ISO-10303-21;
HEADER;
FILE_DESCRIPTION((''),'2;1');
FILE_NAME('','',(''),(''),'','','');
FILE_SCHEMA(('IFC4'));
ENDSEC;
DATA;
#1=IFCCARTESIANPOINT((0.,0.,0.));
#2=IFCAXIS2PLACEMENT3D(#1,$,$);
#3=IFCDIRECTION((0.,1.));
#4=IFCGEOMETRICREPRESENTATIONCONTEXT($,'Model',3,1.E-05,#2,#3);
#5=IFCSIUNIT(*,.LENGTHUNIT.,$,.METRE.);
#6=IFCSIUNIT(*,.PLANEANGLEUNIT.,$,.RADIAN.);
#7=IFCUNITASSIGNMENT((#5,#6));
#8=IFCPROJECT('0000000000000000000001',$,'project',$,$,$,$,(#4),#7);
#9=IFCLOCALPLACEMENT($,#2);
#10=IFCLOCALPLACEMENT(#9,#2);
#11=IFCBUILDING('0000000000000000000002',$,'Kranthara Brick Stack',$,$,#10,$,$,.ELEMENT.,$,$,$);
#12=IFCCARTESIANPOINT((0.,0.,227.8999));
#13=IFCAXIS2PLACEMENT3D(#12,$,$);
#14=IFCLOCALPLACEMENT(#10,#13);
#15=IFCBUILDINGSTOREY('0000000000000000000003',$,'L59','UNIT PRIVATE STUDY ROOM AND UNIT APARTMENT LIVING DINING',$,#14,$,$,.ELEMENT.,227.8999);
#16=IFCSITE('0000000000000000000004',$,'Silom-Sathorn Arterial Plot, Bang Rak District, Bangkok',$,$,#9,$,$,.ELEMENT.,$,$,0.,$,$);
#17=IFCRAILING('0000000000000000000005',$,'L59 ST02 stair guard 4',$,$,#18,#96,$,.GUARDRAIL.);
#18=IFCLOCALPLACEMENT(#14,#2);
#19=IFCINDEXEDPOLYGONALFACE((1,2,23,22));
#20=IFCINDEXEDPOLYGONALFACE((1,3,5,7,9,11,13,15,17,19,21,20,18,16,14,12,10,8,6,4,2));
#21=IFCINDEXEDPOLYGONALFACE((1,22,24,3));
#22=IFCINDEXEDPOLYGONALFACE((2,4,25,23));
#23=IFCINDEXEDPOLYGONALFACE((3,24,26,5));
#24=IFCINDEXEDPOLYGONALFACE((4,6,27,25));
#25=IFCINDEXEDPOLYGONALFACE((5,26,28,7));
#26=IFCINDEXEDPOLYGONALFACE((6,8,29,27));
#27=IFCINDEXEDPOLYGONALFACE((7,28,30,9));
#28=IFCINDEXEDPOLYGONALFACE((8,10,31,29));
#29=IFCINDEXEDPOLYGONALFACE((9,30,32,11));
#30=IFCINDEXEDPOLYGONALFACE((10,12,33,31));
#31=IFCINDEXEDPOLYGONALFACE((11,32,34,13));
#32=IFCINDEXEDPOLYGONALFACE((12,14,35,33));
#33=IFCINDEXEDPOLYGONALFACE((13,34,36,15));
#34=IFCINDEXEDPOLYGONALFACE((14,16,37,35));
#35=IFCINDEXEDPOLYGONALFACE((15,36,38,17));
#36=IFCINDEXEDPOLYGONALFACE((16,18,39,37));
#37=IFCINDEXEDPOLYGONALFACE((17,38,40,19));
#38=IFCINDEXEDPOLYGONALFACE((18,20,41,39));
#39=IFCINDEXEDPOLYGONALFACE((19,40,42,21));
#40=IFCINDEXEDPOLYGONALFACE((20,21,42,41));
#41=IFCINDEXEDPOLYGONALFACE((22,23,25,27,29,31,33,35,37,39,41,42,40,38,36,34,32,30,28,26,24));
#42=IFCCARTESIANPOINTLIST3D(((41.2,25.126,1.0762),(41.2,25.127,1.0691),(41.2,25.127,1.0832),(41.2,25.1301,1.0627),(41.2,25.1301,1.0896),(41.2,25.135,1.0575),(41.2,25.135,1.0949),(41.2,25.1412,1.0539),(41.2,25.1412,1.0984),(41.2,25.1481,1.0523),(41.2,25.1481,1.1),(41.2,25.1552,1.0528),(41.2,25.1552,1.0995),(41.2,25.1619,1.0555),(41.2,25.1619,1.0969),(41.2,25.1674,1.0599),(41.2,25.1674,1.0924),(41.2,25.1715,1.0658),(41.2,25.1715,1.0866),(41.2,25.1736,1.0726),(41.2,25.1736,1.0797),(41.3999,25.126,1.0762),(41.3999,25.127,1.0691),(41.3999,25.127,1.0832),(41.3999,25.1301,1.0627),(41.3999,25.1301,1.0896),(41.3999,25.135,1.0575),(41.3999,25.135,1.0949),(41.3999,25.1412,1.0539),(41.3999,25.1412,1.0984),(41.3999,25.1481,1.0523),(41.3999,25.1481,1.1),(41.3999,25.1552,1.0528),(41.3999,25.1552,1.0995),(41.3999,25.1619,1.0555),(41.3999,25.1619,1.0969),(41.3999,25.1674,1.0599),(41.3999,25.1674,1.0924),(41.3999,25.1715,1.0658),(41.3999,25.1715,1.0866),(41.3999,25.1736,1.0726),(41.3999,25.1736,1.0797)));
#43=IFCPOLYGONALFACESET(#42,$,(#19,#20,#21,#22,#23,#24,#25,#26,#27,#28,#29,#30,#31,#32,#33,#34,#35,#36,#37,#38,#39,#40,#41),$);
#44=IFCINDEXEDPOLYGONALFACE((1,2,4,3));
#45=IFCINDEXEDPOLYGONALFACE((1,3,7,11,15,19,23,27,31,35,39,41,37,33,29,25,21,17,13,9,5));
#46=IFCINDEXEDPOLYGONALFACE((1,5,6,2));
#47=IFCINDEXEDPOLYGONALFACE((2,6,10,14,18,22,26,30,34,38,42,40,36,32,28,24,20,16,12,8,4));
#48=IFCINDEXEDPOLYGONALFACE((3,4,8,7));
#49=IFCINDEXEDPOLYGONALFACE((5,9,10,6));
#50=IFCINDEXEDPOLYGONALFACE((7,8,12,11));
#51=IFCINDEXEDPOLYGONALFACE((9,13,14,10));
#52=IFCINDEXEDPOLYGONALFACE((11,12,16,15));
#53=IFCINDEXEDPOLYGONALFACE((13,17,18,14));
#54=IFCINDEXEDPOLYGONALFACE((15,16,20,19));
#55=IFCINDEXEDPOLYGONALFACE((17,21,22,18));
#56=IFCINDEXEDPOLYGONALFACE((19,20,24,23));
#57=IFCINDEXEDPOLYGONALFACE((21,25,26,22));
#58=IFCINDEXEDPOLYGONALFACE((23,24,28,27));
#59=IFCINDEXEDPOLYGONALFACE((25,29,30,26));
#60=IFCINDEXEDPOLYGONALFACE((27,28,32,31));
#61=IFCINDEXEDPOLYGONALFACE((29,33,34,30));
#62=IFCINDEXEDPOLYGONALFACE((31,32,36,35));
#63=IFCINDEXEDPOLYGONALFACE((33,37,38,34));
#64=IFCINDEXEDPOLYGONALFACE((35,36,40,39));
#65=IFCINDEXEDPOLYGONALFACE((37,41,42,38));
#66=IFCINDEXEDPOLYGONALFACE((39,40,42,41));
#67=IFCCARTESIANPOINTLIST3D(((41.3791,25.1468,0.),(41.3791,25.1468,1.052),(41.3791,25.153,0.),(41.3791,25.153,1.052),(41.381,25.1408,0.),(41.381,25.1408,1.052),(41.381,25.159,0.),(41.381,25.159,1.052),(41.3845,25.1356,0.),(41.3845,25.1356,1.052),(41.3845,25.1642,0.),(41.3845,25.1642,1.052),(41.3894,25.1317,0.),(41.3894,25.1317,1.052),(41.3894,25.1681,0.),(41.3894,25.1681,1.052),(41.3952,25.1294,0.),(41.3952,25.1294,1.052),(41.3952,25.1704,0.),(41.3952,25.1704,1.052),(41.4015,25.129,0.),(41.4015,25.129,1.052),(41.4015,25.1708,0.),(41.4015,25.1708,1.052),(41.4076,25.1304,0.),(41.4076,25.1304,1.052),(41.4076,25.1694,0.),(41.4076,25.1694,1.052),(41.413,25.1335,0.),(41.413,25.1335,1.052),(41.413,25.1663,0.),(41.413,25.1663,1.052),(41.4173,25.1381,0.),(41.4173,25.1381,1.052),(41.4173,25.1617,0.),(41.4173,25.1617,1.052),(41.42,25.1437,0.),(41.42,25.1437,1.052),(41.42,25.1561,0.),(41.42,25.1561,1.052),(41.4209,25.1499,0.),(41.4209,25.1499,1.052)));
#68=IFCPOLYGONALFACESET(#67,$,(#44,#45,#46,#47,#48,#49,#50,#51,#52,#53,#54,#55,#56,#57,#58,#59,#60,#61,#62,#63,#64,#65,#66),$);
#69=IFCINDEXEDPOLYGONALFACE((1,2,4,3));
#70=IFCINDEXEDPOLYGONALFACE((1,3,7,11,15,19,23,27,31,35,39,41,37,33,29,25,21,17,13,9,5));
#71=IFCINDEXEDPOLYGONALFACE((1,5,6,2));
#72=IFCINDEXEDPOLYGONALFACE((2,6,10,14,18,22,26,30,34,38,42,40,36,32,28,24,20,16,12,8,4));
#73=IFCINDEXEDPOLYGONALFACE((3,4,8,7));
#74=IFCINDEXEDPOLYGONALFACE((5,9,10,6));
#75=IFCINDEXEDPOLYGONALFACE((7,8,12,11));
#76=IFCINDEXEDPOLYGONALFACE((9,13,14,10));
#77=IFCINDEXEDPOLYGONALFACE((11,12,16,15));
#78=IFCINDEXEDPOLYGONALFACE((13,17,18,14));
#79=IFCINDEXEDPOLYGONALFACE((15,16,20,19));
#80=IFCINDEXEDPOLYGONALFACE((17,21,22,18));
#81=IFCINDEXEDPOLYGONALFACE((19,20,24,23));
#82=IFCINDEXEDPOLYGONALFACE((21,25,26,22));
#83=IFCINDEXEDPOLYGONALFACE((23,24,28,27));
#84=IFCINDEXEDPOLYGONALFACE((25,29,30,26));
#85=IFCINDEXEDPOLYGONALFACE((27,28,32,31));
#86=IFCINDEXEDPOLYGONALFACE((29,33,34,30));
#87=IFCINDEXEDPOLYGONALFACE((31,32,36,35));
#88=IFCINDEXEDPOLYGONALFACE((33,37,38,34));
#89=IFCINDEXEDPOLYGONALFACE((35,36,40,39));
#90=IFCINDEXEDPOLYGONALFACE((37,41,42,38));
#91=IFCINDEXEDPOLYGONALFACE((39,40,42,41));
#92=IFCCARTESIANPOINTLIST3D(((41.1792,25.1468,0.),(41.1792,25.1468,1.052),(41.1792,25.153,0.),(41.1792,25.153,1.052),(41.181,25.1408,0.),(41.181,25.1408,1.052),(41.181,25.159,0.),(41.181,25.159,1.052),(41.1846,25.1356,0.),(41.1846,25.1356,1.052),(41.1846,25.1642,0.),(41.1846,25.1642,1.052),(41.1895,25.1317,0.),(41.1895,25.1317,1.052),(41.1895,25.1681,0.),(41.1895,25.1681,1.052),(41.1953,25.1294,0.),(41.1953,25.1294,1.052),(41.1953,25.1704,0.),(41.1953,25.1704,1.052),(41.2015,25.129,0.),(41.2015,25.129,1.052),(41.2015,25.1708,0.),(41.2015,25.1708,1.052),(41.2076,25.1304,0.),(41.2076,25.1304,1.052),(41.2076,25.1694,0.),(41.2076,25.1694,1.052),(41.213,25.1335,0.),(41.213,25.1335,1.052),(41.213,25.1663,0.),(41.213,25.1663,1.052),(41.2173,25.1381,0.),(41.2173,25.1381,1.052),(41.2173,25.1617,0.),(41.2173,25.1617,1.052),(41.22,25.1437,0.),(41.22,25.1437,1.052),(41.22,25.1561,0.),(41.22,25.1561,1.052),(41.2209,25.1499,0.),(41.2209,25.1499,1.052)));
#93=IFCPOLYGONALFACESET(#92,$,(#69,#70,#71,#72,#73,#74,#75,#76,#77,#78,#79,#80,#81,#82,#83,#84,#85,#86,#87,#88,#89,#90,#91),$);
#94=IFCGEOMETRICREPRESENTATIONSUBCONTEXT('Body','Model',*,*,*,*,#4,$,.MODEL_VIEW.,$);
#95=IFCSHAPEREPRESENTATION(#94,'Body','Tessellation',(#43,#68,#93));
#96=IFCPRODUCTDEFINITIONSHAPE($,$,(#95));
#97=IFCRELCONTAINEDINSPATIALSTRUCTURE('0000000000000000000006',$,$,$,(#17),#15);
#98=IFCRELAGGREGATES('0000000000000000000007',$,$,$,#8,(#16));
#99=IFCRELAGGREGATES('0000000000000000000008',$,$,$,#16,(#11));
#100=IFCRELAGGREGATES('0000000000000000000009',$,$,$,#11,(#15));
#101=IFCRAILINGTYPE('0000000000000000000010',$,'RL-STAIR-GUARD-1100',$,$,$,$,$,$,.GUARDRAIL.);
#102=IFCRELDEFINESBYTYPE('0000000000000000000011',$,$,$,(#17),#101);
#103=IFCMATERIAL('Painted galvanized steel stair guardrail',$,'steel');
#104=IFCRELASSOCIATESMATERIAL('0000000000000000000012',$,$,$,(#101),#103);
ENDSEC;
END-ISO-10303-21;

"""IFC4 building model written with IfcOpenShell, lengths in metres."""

from ifc_helpers import new_model, si_unit, direction, frame, origin, origin_2d, place, context, subcontext, project, spatial, circle, extrude, material, type_object, element, save


model = new_model("IFC4")

# Units and contexts
model_context = context("Model", 3, precision=1e-05, world=origin(), true_north=direction((0.0, 1.0)))
body_context = subcontext(model_context, "Body", "Model", "MODEL_VIEW")
ifc_project = project(units=[si_unit("LENGTHUNIT", "METRE"), si_unit("PLANEANGLEUNIT", "RADIAN")], contexts=[model_context])

# Site, building, storey
site_placement = place(None, origin())
site = spatial("IfcSite", under=ifc_project, at=site_placement, Name="Silom-Sathorn Arterial Plot, Bang Rak District, Bangkok", CompositionType="ELEMENT", RefElevation=0.0)
building_placement = place(site_placement, origin())
building = spatial("IfcBuilding", under=site, at=building_placement, Name="Kranthara Brick Stack", CompositionType="ELEMENT")
storey_placement = place(building_placement, frame((0.0, 0.0, 227.8999)))
storey = spatial("IfcBuildingStorey", under=building, at=storey_placement, Name="L59", Description="UNIT PRIVATE STUDY ROOM AND UNIT APARTMENT LIVING DINING", CompositionType="ELEMENT", Elevation=227.8999)

# Railing
ifc_material_1 = material(Name="Painted galvanized steel stair guardrail", Category="steel")
railing_type_1 = type_object("IfcRailingType", Name="RL-STAIR-GUARD-1100", PredefinedType="GUARDRAIL", material=ifc_material_1)
railing_1_placement = place(storey_placement, frame((41.3999, 25.1499, 0.0)))
element("IfcRailing", 1, at=railing_1_placement, inside=storey, type_object=railing_type_1, Name="L59 ST02 stair guard 4", PredefinedType="GUARDRAIL", context=body_context, shape_type="SweptSolid", body=[
    extrude(circle(Radius=0.0239, at=origin_2d()), frame((0.0, 0.0, 1.0762), z_axis=(-1.0, 0.0, 0.0), x_axis=(0.0, -1.0, 0.0)), (0.0, 0.0, 1.0), 0.2),
    extrude(circle(Radius=0.021, at=origin_2d()), origin(), (0.0, 0.0, 1.0), 1.052),
    extrude(circle(Radius=0.021, at=origin_2d()), frame((-0.2, 0.0, 0.0)), (0.0, 0.0, 1.0), 1.052),
])

save(model, "model.ifc")
